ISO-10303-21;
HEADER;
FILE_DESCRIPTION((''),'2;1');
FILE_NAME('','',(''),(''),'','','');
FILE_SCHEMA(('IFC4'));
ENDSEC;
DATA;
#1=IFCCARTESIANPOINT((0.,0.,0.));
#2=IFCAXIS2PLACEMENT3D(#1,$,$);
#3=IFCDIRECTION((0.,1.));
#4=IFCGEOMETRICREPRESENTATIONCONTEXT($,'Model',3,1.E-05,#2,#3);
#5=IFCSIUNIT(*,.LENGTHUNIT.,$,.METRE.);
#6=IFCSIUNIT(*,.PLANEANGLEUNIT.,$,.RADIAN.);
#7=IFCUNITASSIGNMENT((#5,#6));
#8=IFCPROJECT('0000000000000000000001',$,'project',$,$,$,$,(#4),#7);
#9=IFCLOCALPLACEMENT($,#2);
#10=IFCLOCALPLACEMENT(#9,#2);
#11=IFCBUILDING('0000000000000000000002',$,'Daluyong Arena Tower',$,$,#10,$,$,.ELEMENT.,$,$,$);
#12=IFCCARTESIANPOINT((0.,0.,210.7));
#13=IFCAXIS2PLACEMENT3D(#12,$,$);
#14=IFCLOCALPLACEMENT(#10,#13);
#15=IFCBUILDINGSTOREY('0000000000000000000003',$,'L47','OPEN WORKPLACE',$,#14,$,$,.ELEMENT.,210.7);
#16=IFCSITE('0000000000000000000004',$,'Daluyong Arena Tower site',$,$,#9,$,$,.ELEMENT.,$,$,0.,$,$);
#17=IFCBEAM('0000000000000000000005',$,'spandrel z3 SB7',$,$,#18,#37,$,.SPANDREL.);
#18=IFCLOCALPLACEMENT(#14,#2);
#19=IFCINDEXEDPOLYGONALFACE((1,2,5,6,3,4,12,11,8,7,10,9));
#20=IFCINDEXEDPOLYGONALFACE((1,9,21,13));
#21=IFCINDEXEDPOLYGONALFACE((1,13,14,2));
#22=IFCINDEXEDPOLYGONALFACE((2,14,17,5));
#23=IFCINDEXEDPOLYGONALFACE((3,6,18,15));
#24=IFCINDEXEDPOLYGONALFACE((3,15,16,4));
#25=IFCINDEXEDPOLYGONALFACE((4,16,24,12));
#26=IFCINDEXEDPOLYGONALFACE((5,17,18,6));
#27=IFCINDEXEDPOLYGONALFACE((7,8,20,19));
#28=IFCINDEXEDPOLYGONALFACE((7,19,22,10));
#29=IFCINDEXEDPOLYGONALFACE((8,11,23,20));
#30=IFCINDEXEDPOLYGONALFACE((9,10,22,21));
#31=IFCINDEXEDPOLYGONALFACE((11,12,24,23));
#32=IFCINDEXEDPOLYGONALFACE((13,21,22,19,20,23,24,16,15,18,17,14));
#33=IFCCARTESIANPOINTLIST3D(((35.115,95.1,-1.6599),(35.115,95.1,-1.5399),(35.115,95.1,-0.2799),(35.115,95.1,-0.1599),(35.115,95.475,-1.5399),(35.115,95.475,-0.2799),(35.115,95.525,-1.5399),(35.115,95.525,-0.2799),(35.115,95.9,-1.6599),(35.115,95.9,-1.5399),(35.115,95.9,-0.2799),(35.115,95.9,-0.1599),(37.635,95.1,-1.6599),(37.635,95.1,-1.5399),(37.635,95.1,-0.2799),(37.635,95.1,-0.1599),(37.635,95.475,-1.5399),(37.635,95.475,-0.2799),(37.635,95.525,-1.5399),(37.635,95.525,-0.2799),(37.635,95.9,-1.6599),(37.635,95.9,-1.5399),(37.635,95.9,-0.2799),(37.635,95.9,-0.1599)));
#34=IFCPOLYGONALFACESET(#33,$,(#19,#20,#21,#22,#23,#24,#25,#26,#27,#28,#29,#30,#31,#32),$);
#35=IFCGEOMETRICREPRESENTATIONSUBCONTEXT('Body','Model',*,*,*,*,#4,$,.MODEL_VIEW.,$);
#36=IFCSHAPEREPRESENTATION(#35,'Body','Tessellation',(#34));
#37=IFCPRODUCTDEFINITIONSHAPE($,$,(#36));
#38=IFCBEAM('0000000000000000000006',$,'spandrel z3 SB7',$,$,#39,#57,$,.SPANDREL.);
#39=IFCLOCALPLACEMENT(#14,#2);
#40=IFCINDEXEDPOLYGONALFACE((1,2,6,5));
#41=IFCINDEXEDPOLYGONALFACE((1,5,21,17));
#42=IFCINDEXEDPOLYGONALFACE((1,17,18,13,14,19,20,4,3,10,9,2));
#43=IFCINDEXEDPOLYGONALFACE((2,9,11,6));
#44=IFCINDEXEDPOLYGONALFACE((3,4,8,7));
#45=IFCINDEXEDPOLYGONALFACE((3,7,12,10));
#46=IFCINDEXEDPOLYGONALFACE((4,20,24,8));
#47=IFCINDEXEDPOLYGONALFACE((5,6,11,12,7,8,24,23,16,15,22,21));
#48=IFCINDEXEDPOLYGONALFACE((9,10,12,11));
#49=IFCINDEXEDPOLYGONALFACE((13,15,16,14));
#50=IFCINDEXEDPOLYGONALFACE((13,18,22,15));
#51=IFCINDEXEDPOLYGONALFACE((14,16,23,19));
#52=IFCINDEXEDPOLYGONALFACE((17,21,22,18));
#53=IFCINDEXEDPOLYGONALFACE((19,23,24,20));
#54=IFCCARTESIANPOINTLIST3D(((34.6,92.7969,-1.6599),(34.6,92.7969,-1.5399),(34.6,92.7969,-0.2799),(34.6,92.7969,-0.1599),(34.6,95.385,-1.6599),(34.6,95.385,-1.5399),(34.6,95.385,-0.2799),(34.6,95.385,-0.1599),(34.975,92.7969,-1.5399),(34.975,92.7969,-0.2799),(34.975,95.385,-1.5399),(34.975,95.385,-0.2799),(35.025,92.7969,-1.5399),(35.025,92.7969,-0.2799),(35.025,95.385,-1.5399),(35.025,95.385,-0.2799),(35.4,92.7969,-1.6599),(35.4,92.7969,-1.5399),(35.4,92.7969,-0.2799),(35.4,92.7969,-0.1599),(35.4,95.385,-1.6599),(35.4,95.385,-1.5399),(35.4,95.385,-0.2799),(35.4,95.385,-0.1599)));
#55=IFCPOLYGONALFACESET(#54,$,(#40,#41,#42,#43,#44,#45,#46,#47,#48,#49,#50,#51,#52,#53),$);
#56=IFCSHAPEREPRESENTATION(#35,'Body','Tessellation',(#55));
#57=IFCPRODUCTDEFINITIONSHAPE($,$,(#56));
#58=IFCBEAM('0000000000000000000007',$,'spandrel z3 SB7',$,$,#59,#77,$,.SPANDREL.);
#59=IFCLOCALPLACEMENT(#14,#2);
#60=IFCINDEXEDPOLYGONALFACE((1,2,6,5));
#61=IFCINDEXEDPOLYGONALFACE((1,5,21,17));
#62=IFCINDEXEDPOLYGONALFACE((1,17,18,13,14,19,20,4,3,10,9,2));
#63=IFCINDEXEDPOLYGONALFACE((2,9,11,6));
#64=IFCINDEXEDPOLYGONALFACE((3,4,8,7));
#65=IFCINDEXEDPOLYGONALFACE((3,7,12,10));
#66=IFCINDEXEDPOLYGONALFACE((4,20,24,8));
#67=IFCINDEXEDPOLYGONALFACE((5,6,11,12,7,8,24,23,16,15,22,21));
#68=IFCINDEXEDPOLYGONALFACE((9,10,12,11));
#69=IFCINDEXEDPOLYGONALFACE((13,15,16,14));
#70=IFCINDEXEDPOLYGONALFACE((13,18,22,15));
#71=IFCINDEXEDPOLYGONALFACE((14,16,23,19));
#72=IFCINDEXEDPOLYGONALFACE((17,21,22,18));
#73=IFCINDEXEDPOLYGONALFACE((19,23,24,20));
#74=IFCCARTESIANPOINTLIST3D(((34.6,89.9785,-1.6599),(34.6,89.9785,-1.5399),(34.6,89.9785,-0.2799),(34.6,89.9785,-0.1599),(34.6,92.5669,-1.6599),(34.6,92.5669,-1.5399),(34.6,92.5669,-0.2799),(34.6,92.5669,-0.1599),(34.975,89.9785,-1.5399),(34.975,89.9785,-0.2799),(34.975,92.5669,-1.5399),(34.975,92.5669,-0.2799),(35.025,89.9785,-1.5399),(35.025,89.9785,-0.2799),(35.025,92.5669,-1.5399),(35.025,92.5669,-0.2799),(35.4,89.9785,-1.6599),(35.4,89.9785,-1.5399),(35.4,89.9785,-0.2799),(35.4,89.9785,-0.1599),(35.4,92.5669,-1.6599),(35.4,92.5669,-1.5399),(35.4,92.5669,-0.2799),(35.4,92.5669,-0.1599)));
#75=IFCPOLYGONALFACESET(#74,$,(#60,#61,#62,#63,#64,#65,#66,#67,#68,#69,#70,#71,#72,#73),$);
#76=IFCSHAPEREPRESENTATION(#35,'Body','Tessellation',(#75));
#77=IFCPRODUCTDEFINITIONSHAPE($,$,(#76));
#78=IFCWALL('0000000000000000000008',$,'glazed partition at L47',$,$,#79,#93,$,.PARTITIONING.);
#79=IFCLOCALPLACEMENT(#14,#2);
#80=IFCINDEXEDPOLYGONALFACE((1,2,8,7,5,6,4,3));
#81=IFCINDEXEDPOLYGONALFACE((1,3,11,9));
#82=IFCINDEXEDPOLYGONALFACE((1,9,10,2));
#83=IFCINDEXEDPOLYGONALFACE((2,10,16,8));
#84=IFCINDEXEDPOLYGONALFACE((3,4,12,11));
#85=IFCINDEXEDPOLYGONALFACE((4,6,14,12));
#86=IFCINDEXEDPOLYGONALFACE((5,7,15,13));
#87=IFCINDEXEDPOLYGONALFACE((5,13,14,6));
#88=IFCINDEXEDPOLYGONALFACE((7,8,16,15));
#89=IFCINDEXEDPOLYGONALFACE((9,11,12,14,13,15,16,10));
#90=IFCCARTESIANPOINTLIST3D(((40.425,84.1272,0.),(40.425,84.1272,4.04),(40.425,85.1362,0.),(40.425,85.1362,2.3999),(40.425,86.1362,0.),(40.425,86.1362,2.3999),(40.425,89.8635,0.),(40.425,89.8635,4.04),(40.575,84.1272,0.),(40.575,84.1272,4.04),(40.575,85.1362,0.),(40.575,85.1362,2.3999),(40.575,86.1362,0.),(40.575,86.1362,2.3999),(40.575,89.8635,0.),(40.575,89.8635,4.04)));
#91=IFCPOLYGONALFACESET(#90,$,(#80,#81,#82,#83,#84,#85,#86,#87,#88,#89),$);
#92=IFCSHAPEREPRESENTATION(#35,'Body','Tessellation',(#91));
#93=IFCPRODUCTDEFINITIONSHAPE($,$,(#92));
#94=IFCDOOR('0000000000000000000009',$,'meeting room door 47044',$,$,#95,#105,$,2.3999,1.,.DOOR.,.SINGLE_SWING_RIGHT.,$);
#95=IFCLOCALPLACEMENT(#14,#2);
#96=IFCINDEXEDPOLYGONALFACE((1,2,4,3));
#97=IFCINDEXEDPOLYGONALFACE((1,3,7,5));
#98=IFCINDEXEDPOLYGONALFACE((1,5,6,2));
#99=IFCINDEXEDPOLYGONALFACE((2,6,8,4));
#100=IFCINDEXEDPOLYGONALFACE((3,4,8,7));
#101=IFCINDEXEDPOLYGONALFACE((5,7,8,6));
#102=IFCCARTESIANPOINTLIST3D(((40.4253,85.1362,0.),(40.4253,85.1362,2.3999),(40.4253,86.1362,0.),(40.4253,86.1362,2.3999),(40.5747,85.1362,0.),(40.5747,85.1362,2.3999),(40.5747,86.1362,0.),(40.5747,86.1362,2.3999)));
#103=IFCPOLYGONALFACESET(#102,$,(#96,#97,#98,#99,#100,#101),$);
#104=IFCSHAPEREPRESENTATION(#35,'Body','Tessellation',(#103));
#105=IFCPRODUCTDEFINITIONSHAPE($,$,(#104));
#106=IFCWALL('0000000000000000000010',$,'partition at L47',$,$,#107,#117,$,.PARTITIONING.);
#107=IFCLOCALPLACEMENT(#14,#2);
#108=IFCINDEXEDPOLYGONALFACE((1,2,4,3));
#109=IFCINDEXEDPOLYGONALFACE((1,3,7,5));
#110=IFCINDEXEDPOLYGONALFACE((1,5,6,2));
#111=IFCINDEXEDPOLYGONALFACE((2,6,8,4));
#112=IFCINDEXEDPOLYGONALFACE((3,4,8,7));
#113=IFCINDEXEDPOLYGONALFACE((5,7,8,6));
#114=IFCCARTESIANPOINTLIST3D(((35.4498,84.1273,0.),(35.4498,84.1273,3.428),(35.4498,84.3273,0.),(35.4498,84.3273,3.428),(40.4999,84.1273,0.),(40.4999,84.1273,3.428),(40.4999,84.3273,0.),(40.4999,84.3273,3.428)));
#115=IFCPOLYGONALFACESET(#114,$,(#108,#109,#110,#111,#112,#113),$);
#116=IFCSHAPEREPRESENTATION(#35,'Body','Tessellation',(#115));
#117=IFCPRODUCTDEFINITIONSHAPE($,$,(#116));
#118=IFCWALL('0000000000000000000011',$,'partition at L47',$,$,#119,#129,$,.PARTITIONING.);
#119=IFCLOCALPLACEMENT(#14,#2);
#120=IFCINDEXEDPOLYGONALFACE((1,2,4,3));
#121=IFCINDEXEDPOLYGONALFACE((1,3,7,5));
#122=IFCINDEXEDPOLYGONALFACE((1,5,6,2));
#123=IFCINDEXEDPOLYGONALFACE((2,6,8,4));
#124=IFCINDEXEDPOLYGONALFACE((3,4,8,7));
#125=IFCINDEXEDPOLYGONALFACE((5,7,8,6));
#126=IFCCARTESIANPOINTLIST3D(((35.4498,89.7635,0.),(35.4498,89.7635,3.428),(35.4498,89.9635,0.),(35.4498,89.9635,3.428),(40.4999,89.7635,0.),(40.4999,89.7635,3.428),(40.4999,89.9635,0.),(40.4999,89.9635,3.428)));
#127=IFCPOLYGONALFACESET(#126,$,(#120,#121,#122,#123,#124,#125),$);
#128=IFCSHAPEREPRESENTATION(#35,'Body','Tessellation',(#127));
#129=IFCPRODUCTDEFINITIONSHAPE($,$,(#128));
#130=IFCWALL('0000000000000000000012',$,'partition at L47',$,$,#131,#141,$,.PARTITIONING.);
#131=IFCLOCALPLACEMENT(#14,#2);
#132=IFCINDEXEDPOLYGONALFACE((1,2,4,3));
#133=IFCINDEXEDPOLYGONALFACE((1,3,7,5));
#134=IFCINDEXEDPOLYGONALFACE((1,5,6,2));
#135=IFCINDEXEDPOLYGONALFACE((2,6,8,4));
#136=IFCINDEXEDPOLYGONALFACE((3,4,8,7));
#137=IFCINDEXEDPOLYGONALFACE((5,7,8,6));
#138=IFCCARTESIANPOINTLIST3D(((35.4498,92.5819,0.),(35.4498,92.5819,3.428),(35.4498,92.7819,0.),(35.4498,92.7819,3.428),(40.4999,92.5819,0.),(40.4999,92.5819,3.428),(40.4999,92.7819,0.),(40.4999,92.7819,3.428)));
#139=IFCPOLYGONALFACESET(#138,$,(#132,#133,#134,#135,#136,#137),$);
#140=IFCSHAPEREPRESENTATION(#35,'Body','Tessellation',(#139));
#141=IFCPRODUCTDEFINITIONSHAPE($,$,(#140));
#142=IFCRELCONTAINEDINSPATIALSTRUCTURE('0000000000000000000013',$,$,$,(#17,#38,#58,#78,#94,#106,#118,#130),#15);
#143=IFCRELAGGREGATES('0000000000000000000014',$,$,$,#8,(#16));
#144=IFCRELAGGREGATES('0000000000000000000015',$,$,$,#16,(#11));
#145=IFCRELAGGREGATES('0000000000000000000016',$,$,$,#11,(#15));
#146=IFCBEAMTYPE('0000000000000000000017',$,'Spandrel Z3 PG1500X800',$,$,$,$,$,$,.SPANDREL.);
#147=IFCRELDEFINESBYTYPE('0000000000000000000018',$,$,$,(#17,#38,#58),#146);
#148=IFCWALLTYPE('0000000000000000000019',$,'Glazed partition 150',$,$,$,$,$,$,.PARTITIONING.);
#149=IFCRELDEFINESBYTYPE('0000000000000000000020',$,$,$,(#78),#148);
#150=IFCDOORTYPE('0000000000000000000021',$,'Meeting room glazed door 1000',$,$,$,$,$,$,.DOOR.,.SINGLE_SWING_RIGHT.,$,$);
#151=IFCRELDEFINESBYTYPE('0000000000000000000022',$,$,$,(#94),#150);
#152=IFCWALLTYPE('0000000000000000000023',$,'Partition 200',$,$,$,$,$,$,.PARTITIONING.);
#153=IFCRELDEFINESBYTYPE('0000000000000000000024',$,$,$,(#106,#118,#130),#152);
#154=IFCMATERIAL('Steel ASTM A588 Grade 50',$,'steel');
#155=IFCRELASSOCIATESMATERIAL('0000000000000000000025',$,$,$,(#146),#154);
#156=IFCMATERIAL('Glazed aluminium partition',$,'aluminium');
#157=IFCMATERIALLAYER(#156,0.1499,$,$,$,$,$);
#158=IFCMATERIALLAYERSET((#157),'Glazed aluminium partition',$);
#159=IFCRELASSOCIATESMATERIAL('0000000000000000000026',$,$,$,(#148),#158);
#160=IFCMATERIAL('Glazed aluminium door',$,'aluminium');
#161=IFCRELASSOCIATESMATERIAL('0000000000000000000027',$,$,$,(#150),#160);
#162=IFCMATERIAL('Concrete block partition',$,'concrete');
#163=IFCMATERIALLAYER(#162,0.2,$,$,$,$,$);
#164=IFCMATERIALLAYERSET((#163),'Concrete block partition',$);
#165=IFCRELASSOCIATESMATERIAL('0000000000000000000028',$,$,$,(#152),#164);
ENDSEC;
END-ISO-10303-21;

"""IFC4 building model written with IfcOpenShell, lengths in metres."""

from ifc_helpers import new_model, si_unit, direction, frame, frame_2d, origin, origin_2d, place, context, subcontext, project, spatial, rectangle, i_section, extrude, material, layer, layer_set, material_profile, profile_set, type_object, element, fill, save


model = new_model("IFC4")

# Units and contexts
model_context = context("Model", 3, precision=1e-05, world=origin(), true_north=direction((0.0, 1.0)))
body_context = subcontext(model_context, "Body", "Model", "MODEL_VIEW")
ifc_project = project(units=[si_unit("LENGTHUNIT", "METRE"), si_unit("PLANEANGLEUNIT", "RADIAN")], contexts=[model_context])

# Site, building, storey
site_placement = place(None, origin())
site = spatial("IfcSite", under=ifc_project, at=site_placement, Name="Daluyong Arena Tower site", CompositionType="ELEMENT", RefElevation=0.0)
building_placement = place(site_placement, origin())
building = spatial("IfcBuilding", under=site, at=building_placement, Name="Daluyong Arena Tower", CompositionType="ELEMENT")
storey_placement = place(building_placement, frame((0.0, 0.0, 210.7)))
storey = spatial("IfcBuildingStorey", under=building, at=storey_placement, Name="L47", Description="OPEN WORKPLACE", CompositionType="ELEMENT", Elevation=210.7)

# Beams
ifc_material_1 = material(Name="Steel ASTM A588 Grade 50", Category="steel")
ifc_material_profile_1 = material_profile(ifc_material_1, i_section(OverallWidth=0.8, OverallDepth=1.5, WebThickness=0.05, FlangeThickness=0.12, at=origin_2d()))
ifc_profile_set_1 = profile_set([ifc_material_profile_1], Name="Steel ASTM A588 Grade 50")
beam_type_1 = type_object("IfcBeamType", Name="Spandrel Z3 PG1500X800", PredefinedType="SPANDREL", material=ifc_profile_set_1)
beam_1_placement = place(storey_placement, frame((37.635, 95.5, -0.9099), z_axis=(-1.0, 0.0, 0.0), x_axis=(0.0, -1.0, 0.0)))
element("IfcBeam", 1, at=beam_1_placement, inside=storey, type_object=beam_type_1, Name="spandrel z3 SB7", PredefinedType="SPANDREL", context=body_context, shape_type="SweptSolid", body=[
    extrude(i_section(OverallWidth=0.8, OverallDepth=1.5, WebThickness=0.05, FlangeThickness=0.12, at=origin_2d()), origin(), (0.0, 0.0, 1.0), 2.52),
])
beam_2_placement = place(storey_placement, frame((35.0, 95.385, -0.9099), z_axis=(0.0, -1.0, 0.0), x_axis=(1.0, 0.0, 0.0)))
element("IfcBeam", 2, at=beam_2_placement, inside=storey, type_object=beam_type_1, Name="spandrel z3 SB7", PredefinedType="SPANDREL", context=body_context, shape_type="SweptSolid", body=[
    extrude(i_section(OverallWidth=0.8, OverallDepth=1.5, WebThickness=0.05, FlangeThickness=0.12, at=origin_2d()), origin(), (0.0, 0.0, 1.0), 2.5881),
])
beam_3_placement = place(storey_placement, frame((35.0, 92.5669, -0.9099), z_axis=(0.0, -1.0, 0.0), x_axis=(1.0, 0.0, 0.0)))
element("IfcBeam", 3, at=beam_3_placement, inside=storey, type_object=beam_type_1, Name="spandrel z3 SB7", PredefinedType="SPANDREL", context=body_context, shape_type="SweptSolid", body=[
    extrude(i_section(OverallWidth=0.8, OverallDepth=1.5, WebThickness=0.05, FlangeThickness=0.12, at=origin_2d()), origin(), (0.0, 0.0, 1.0), 2.5884),
])

# Wall, opening, door
ifc_material_2 = material(Name="Glazed aluminium partition", Category="aluminium")
ifc_layer_1 = layer(ifc_material_2, 0.1499)
ifc_layer_set_1 = layer_set([ifc_layer_1], Name="Glazed aluminium partition")
wall_type_1 = type_object("IfcWallType", Name="Glazed partition 150", PredefinedType="PARTITIONING", material=ifc_layer_set_1)
wall_1_placement = place(storey_placement, frame((40.5, 84.1272, 0.0), z_axis=(0.0, 0.0, 1.0), x_axis=(0.0, 1.0, 0.0)))
wall_1 = element("IfcWall", 4, at=wall_1_placement, inside=storey, type_object=wall_type_1, Name="glazed partition at L47", PredefinedType="PARTITIONING", context=body_context, shape_type="SweptSolid", body=[
    extrude(rectangle(XDim=5.7363, YDim=0.1499, at=frame_2d((2.8682, 0.0))), origin(), (0.0, 0.0, 1.0), 4.04),
])
opening_1_placement = place(wall_1_placement, frame((1.009, 0.0, 0.0)))
opening_1 = element("IfcOpeningElement", 5, at=opening_1_placement, cuts=wall_1, PredefinedType="OPENING", context=body_context, shape_type="SweptSolid", body=[
    extrude(rectangle(XDim=1.0, YDim=2.3999, at=frame_2d((0.5, 1.2))), frame((0.0, 0.085, 0.0), z_axis=(0.0, -1.0, 0.0), x_axis=(1.0, 0.0, 0.0)), (0.0, 0.0, 1.0), 0.1699),
])
ifc_material_3 = material(Name="Glazed aluminium door", Category="aluminium")
door_type_1 = type_object("IfcDoorType", Name="Meeting room glazed door 1000", OperationType="SINGLE_SWING_RIGHT", PredefinedType="DOOR", material=ifc_material_3)
door_1_placement = place(opening_1_placement, origin())
door_1 = element("IfcDoor", 6, at=door_1_placement, inside=storey, type_object=door_type_1, Name="meeting room door 47044", OperationType="SINGLE_SWING_RIGHT", OverallHeight=2.3999, OverallWidth=1.0, PredefinedType="DOOR", context=body_context, shape_type="SweptSolid", body=[
    extrude(rectangle(XDim=1.0, YDim=2.3999, at=frame_2d((0.5, 1.2))), frame((0.0, 0.0747, 0.0), z_axis=(0.0, -1.0, 0.0), x_axis=(1.0, 0.0, 0.0)), (0.0, 0.0, 1.0), 0.1494),
])
fill(opening_1, door_1)

# Walls
ifc_material_4 = material(Name="Concrete block partition", Category="concrete")
ifc_layer_2 = layer(ifc_material_4, 0.2)
ifc_layer_set_2 = layer_set([ifc_layer_2], Name="Concrete block partition")
wall_type_2 = type_object("IfcWallType", Name="Partition 200", PredefinedType="PARTITIONING", material=ifc_layer_set_2)
for number, where, z_axis, x_axis, name in (
    (7, (35.45, 84.2273, 0.0), (0.0, 0.0, 1.0), (1.0, 0.0, 0.0), "partition at L47"),
    (8, (35.45, 89.8635, 0.0), (0.0, 0.0, 1.0), (1.0, 0.0, 0.0), "partition at L47"),
    (9, (35.45, 92.6819, 0.0), (0.0, 0.0, 1.0), (1.0, 0.0, 0.0), "partition at L47"),
):
    element("IfcWall", number, at=place(storey_placement, frame(where, z_axis=z_axis, x_axis=x_axis)), inside=storey, type_object=wall_type_2, Name=name, PredefinedType="PARTITIONING", context=body_context, shape_type="SweptSolid", body=[
        extrude(rectangle(XDim=5.05, YDim=0.2, at=frame_2d((2.5249, 0.0))), origin(), (0.0, 0.0, 1.0), 3.428),
    ])

save(model, "model.ifc")
